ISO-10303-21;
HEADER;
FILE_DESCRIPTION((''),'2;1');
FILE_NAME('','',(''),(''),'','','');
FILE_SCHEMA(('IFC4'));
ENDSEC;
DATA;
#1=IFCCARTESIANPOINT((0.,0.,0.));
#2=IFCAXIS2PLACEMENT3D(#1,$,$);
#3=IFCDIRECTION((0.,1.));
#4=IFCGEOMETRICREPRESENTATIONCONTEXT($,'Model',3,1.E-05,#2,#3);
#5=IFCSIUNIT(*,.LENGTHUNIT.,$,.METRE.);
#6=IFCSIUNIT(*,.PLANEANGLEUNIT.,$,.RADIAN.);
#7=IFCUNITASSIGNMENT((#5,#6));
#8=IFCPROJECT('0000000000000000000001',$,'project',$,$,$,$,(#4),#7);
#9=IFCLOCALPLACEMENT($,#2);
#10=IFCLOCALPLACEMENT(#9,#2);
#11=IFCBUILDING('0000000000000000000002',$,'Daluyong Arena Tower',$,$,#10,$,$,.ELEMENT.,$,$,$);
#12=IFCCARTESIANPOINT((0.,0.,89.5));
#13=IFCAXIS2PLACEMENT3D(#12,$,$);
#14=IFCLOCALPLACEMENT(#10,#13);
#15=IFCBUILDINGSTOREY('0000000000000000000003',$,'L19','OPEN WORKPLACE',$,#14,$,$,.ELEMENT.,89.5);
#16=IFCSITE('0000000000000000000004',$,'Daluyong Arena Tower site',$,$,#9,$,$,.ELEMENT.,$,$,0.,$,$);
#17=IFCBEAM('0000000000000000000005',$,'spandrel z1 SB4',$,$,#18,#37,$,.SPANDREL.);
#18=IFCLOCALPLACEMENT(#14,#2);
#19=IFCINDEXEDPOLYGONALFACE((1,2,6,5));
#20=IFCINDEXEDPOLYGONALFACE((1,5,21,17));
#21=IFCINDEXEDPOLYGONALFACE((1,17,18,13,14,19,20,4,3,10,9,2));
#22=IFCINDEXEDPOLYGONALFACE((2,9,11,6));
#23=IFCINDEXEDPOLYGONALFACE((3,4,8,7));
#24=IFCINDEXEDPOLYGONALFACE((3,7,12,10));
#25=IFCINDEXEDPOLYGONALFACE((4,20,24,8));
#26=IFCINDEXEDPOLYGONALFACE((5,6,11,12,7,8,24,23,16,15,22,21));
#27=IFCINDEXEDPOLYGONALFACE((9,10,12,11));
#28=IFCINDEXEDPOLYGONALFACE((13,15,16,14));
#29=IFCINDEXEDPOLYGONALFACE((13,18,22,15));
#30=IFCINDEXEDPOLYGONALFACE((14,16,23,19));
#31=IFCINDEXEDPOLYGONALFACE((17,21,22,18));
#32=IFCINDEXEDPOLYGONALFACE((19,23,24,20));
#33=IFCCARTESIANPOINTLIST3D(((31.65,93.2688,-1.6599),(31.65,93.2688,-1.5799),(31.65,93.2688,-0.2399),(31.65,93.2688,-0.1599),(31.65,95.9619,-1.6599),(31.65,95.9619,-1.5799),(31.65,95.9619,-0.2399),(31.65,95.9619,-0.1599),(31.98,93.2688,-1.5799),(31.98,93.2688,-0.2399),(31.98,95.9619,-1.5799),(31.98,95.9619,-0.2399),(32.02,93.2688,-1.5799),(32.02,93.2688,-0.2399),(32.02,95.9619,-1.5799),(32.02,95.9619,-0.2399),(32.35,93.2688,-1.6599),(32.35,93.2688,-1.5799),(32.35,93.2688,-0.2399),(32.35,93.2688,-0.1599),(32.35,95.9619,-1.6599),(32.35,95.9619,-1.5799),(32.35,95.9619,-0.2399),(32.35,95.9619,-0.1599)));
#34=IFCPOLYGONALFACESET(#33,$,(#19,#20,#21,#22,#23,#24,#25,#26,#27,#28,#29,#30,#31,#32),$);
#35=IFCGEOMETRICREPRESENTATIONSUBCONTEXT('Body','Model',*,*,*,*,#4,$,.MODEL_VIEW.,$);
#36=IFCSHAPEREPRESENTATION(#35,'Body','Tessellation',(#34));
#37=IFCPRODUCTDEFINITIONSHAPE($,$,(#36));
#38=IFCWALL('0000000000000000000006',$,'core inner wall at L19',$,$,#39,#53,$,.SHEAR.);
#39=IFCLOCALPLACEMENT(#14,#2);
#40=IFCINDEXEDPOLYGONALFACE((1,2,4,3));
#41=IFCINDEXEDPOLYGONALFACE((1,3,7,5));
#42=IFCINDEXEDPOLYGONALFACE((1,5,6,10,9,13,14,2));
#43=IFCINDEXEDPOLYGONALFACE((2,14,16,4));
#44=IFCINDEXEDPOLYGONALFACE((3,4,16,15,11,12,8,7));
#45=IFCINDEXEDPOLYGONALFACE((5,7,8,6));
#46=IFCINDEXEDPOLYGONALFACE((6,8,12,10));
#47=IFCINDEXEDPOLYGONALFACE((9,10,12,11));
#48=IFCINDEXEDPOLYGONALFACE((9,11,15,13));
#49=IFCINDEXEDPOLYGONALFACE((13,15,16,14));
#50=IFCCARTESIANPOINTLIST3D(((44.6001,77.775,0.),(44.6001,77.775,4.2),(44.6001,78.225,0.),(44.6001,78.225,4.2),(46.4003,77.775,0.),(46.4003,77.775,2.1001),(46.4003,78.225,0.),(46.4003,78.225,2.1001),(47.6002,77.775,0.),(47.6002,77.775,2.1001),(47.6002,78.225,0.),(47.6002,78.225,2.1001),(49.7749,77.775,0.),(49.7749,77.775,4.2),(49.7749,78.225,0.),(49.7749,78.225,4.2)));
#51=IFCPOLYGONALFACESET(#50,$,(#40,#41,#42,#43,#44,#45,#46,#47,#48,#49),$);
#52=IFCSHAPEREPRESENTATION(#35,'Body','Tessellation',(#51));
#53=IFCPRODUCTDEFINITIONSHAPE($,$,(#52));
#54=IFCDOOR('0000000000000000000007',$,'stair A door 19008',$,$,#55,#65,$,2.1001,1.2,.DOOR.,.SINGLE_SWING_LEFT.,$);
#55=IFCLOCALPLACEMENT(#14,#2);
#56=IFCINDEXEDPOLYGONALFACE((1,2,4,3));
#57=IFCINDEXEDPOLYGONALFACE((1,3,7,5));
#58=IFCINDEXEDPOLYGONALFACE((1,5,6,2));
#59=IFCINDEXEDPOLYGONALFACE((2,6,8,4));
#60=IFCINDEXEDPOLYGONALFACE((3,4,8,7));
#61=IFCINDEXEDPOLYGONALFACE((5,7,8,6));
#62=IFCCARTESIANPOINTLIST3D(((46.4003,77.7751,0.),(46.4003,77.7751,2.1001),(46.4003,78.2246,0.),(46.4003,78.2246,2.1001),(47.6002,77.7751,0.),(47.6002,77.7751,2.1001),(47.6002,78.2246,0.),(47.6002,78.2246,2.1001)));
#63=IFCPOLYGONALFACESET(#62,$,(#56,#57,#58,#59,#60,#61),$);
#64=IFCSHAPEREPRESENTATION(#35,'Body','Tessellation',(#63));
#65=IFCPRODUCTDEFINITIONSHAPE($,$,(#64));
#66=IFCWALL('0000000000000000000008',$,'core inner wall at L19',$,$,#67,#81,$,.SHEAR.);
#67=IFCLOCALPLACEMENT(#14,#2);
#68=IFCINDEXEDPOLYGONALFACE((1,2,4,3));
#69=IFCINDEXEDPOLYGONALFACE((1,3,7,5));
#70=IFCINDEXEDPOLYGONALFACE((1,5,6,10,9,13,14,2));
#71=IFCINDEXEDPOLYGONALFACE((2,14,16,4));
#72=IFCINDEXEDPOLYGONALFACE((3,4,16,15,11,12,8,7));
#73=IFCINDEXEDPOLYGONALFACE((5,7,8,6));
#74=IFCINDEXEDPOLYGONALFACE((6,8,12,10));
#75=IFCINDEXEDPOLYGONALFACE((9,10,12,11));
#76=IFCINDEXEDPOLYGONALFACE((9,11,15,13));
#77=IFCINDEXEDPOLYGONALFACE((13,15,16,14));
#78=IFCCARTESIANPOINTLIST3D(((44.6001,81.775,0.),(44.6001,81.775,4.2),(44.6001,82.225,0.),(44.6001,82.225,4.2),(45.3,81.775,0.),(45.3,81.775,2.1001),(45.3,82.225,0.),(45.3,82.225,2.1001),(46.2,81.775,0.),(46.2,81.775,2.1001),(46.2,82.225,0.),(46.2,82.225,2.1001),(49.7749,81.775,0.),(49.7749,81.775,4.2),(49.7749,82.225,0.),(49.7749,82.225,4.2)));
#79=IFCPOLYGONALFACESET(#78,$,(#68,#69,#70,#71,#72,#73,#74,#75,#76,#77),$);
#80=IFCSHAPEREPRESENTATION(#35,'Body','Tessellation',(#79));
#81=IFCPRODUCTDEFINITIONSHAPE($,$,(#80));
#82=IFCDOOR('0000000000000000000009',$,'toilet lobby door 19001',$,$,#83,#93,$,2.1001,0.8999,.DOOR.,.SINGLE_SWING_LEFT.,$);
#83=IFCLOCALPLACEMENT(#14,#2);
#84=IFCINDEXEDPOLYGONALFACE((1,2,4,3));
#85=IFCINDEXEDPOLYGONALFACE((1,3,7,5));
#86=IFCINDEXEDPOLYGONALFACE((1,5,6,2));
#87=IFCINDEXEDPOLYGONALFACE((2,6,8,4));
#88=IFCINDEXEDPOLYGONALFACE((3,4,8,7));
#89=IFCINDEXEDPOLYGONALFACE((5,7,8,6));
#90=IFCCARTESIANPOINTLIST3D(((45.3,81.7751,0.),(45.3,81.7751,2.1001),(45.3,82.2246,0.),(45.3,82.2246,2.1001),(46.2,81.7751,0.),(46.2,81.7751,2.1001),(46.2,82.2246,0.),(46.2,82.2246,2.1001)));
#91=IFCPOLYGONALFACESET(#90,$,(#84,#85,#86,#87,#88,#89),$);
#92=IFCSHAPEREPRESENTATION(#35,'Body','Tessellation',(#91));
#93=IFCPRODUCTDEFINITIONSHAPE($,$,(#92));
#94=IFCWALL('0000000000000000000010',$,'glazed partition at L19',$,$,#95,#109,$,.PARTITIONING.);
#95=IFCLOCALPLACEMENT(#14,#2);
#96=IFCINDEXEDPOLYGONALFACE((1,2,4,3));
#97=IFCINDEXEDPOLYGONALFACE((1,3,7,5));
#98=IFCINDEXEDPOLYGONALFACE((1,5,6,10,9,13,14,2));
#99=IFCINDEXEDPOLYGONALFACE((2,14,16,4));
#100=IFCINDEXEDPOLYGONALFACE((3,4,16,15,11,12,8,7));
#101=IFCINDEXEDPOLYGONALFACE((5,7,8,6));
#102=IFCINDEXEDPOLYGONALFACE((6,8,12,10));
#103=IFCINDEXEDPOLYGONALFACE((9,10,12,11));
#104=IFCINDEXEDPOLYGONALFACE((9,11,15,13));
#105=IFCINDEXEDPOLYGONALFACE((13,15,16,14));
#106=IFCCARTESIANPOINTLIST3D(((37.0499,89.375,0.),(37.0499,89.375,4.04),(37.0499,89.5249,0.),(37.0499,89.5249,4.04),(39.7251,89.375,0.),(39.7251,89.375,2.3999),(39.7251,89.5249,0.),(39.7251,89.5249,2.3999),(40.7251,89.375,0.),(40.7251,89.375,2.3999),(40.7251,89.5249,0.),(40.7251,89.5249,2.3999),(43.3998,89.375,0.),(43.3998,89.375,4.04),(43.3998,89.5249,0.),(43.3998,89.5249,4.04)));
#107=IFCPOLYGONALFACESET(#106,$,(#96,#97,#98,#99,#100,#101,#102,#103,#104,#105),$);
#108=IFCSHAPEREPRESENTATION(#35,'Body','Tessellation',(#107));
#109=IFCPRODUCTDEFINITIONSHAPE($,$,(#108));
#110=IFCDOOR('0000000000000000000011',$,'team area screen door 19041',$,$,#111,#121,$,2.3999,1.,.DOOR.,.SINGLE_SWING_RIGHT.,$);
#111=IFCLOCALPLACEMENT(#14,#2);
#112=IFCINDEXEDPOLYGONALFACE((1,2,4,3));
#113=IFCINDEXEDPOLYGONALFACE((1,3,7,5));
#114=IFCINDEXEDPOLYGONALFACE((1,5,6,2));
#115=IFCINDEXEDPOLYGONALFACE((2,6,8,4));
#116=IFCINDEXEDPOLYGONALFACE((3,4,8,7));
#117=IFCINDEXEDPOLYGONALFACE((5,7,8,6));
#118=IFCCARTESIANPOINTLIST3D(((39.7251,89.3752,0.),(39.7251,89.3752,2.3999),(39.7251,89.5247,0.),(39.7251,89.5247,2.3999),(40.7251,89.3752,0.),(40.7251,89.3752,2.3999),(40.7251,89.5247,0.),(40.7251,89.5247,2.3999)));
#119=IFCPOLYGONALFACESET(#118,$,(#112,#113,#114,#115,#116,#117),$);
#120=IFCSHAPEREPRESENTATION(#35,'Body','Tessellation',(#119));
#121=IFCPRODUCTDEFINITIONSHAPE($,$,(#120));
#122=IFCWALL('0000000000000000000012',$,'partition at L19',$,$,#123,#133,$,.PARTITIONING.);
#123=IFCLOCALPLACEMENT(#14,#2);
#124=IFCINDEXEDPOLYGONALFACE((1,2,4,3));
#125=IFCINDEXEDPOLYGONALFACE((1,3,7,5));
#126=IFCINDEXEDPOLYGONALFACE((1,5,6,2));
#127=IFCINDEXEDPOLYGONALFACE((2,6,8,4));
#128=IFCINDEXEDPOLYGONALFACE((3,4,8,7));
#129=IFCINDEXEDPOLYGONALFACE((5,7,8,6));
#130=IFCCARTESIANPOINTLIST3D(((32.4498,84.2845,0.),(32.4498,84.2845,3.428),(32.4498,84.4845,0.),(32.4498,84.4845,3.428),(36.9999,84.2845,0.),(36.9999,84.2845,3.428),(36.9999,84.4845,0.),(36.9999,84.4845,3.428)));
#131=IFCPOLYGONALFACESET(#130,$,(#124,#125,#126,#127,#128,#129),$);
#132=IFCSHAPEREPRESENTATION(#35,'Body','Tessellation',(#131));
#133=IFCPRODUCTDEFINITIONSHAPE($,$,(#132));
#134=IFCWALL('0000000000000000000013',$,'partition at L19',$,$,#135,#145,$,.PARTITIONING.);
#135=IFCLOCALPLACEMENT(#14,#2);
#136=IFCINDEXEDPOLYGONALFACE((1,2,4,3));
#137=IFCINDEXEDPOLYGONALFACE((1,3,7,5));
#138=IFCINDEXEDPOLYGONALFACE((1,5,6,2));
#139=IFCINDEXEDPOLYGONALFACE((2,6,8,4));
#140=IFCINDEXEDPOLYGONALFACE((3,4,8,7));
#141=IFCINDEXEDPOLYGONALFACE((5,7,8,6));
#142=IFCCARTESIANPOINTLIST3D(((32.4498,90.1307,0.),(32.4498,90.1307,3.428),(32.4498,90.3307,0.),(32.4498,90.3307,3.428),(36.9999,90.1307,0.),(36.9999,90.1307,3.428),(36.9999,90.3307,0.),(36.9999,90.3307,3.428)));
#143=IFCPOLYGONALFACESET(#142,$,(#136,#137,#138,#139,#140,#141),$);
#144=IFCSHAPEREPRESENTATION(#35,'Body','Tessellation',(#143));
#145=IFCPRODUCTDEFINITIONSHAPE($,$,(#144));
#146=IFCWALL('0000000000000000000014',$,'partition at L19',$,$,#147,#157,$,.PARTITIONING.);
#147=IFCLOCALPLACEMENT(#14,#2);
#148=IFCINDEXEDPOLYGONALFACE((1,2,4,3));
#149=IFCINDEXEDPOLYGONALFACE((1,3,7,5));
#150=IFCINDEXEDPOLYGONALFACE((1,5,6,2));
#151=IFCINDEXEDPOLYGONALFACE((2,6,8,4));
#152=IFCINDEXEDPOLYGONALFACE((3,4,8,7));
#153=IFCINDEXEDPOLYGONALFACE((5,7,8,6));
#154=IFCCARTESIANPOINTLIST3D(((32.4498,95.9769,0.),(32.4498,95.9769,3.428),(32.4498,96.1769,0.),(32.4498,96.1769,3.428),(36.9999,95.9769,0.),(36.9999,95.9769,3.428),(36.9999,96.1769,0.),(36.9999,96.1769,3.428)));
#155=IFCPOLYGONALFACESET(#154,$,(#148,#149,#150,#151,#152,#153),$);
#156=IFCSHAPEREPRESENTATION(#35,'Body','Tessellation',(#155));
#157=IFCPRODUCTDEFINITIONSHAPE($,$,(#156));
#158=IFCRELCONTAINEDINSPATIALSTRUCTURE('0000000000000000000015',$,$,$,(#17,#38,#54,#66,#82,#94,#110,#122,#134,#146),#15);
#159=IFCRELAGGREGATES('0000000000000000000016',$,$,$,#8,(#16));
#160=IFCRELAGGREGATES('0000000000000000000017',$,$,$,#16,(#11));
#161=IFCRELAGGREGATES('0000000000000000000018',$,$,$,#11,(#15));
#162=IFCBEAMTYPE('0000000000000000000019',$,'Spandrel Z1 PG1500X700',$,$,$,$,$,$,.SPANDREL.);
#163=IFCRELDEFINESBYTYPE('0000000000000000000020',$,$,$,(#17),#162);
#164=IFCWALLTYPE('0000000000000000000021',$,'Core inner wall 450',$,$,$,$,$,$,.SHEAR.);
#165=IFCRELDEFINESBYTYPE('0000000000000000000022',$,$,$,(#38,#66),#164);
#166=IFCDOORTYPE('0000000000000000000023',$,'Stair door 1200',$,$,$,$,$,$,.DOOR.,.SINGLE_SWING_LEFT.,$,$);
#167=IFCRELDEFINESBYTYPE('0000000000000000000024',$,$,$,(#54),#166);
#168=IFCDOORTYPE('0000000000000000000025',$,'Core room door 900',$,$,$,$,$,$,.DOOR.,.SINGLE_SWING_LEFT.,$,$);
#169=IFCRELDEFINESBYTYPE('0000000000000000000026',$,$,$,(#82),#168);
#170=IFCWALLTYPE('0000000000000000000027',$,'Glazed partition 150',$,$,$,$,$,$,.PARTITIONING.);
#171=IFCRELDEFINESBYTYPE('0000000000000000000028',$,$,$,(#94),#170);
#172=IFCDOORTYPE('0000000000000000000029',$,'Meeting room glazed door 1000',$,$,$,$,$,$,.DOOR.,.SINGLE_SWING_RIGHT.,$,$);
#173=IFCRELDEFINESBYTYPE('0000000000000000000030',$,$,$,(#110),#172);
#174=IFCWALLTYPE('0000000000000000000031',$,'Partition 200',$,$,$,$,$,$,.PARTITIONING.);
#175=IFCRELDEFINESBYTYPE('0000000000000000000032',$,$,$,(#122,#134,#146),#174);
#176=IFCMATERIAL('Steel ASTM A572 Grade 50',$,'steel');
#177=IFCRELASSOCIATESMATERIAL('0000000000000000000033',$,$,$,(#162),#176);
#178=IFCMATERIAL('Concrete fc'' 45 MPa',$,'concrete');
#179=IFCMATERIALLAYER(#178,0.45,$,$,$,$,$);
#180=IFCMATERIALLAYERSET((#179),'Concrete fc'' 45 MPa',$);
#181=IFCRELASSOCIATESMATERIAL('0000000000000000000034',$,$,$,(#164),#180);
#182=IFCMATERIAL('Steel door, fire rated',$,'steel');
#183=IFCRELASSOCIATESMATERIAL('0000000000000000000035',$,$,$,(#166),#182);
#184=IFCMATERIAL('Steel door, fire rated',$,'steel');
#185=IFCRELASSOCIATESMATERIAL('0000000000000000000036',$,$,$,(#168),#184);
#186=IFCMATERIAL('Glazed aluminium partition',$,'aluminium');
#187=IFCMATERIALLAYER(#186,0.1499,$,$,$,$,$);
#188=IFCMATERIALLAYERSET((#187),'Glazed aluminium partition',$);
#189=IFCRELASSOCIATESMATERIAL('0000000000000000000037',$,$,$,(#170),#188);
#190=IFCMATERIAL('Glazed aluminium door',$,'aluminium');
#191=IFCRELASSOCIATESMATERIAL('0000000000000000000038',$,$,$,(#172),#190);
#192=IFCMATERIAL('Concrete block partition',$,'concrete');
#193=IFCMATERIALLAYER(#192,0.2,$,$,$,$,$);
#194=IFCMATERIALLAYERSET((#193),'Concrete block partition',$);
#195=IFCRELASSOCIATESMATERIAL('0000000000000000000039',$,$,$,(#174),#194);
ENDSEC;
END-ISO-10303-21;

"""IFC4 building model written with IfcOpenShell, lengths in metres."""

from ifc_helpers import new_model, si_unit, direction, frame, frame_2d, origin, origin_2d, place, context, subcontext, project, spatial, rectangle, i_section, extrude, material, layer, layer_set, material_profile, profile_set, type_object, element, fill, save


model = new_model("IFC4")

# Units and contexts
model_context = context("Model", 3, precision=1e-05, world=origin(), true_north=direction((0.0, 1.0)))
body_context = subcontext(model_context, "Body", "Model", "MODEL_VIEW")
ifc_project = project(units=[si_unit("LENGTHUNIT", "METRE"), si_unit("PLANEANGLEUNIT", "RADIAN")], contexts=[model_context])

# Site, building, storey
site_placement = place(None, origin())
site = spatial("IfcSite", under=ifc_project, at=site_placement, Name="Daluyong Arena Tower site", CompositionType="ELEMENT", RefElevation=0.0)
building_placement = place(site_placement, origin())
building = spatial("IfcBuilding", under=site, at=building_placement, Name="Daluyong Arena Tower", CompositionType="ELEMENT")
storey_placement = place(building_placement, frame((0.0, 0.0, 89.5)))
storey = spatial("IfcBuildingStorey", under=building, at=storey_placement, Name="L19", Description="OPEN WORKPLACE", CompositionType="ELEMENT", Elevation=89.5)

# Beam
ifc_material_1 = material(Name="Steel ASTM A572 Grade 50", Category="steel")
ifc_material_profile_1 = material_profile(ifc_material_1, i_section(OverallWidth=0.7, OverallDepth=1.5, WebThickness=0.04, FlangeThickness=0.08, at=origin_2d()))
ifc_profile_set_1 = profile_set([ifc_material_profile_1], Name="Steel ASTM A572 Grade 50")
beam_type_1 = type_object("IfcBeamType", Name="Spandrel Z1 PG1500X700", PredefinedType="SPANDREL", material=ifc_profile_set_1)
beam_1_placement = place(storey_placement, frame((32.0, 95.9619, -0.9099), z_axis=(0.0, -1.0, 0.0), x_axis=(1.0, 0.0, 0.0)))
element("IfcBeam", 1, at=beam_1_placement, inside=storey, type_object=beam_type_1, Name="spandrel z1 SB4", PredefinedType="SPANDREL", context=body_context, shape_type="SweptSolid", body=[
    extrude(i_section(OverallWidth=0.7, OverallDepth=1.5, WebThickness=0.04, FlangeThickness=0.08, at=origin_2d()), origin(), (0.0, 0.0, 1.0), 2.6931),
])

# Walls, openings, doors
ifc_material_2 = material(Name="Concrete fc' 45 MPa", Category="concrete")
ifc_layer_1 = layer(ifc_material_2, 0.45)
ifc_layer_set_1 = layer_set([ifc_layer_1], Name="Concrete fc' 45 MPa")
wall_type_1 = type_object("IfcWallType", Name="Core inner wall 450", PredefinedType="SHEAR", material=ifc_layer_set_1)
wall_1_placement = place(storey_placement, frame((44.6001, 78.0, 0.0), z_axis=(0.0, 0.0, 1.0), x_axis=(1.0, 0.0, 0.0)))
wall_1 = element("IfcWall", 2, at=wall_1_placement, inside=storey, type_object=wall_type_1, Name="core inner wall at L19", PredefinedType="SHEAR", context=body_context, shape_type="SweptSolid", body=[
    extrude(rectangle(XDim=5.1748, YDim=0.45, at=frame_2d((2.5874, 0.0))), origin(), (0.0, 0.0, 1.0), 4.2),
])
opening_1_placement = place(wall_1_placement, frame((1.8, 0.0, 0.0)))
opening_1 = element("IfcOpeningElement", 3, at=opening_1_placement, cuts=wall_1, PredefinedType="OPENING", context=body_context, shape_type="SweptSolid", body=[
    extrude(rectangle(XDim=1.2, YDim=2.1001, at=frame_2d((0.6001, 1.05))), frame((0.0, 0.2349, 0.0), z_axis=(0.0, -1.0, 0.0), x_axis=(1.0, 0.0, 0.0)), (0.0, 0.0, 1.0), 0.47),
])
ifc_material_3 = material(Name="Steel door, fire rated", Category="steel")
door_type_1 = type_object("IfcDoorType", Name="Stair door 1200", OperationType="SINGLE_SWING_LEFT", PredefinedType="DOOR", material=ifc_material_3)
door_1_placement = place(opening_1_placement, origin())
door_1 = element("IfcDoor", 4, at=door_1_placement, inside=storey, type_object=door_type_1, Name="stair A door 19008", OperationType="SINGLE_SWING_LEFT", OverallHeight=2.1001, OverallWidth=1.2, PredefinedType="DOOR", context=body_context, shape_type="SweptSolid", body=[
    extrude(rectangle(XDim=1.2, YDim=2.1001, at=frame_2d((0.6001, 1.05))), frame((0.0, 0.2246, 0.0), z_axis=(0.0, -1.0, 0.0), x_axis=(1.0, 0.0, 0.0)), (0.0, 0.0, 1.0), 0.4495),
])
fill(opening_1, door_1)
wall_2_placement = place(storey_placement, frame((44.6001, 82.0, 0.0), z_axis=(0.0, 0.0, 1.0), x_axis=(1.0, 0.0, 0.0)))
wall_2 = element("IfcWall", 5, at=wall_2_placement, inside=storey, type_object=wall_type_1, Name="core inner wall at L19", PredefinedType="SHEAR", context=body_context, shape_type="SweptSolid", body=[
    extrude(rectangle(XDim=5.1748, YDim=0.45, at=frame_2d((2.5874, 0.0))), origin(), (0.0, 0.0, 1.0), 4.2),
])
opening_2_placement = place(wall_2_placement, frame((0.7, 0.0, 0.0)))
opening_2 = element("IfcOpeningElement", 6, at=opening_2_placement, cuts=wall_2, PredefinedType="OPENING", context=body_context, shape_type="SweptSolid", body=[
    extrude(rectangle(XDim=0.8999, YDim=2.1001, at=frame_2d((0.45, 1.05))), frame((0.0, 0.2349, 0.0), z_axis=(0.0, -1.0, 0.0), x_axis=(1.0, 0.0, 0.0)), (0.0, 0.0, 1.0), 0.47),
])
ifc_material_4 = material(Name="Steel door, fire rated", Category="steel")
door_type_2 = type_object("IfcDoorType", Name="Core room door 900", OperationType="SINGLE_SWING_LEFT", PredefinedType="DOOR", material=ifc_material_4)
door_2_placement = place(opening_2_placement, origin())
door_2 = element("IfcDoor", 7, at=door_2_placement, inside=storey, type_object=door_type_2, Name="toilet lobby door 19001", OperationType="SINGLE_SWING_LEFT", OverallHeight=2.1001, OverallWidth=0.8999, PredefinedType="DOOR", context=body_context, shape_type="SweptSolid", body=[
    extrude(rectangle(XDim=0.8999, YDim=2.1001, at=frame_2d((0.45, 1.05))), frame((0.0, 0.2246, 0.0), z_axis=(0.0, -1.0, 0.0), x_axis=(1.0, 0.0, 0.0)), (0.0, 0.0, 1.0), 0.4495),
])
fill(opening_2, door_2)
ifc_material_5 = material(Name="Glazed aluminium partition", Category="aluminium")
ifc_layer_2 = layer(ifc_material_5, 0.1499)
ifc_layer_set_2 = layer_set([ifc_layer_2], Name="Glazed aluminium partition")
wall_type_2 = type_object("IfcWallType", Name="Glazed partition 150", PredefinedType="PARTITIONING", material=ifc_layer_set_2)
wall_3_placement = place(storey_placement, frame((37.05, 89.45, 0.0), z_axis=(0.0, 0.0, 1.0), x_axis=(1.0, 0.0, 0.0)))
wall_3 = element("IfcWall", 8, at=wall_3_placement, inside=storey, type_object=wall_type_2, Name="glazed partition at L19", PredefinedType="PARTITIONING", context=body_context, shape_type="SweptSolid", body=[
    extrude(rectangle(XDim=6.3499, YDim=0.1499, at=frame_2d((3.1748, 0.0))), origin(), (0.0, 0.0, 1.0), 4.04),
])
opening_3_placement = place(wall_3_placement, frame((2.675, 0.0, 0.0)))
opening_3 = element("IfcOpeningElement", 9, at=opening_3_placement, cuts=wall_3, PredefinedType="OPENING", context=body_context, shape_type="SweptSolid", body=[
    extrude(rectangle(XDim=1.0, YDim=2.3999, at=frame_2d((0.5, 1.2))), frame((0.0, 0.085, 0.0), z_axis=(0.0, -1.0, 0.0), x_axis=(1.0, 0.0, 0.0)), (0.0, 0.0, 1.0), 0.1699),
])
ifc_material_6 = material(Name="Glazed aluminium door", Category="aluminium")
door_type_3 = type_object("IfcDoorType", Name="Meeting room glazed door 1000", OperationType="SINGLE_SWING_RIGHT", PredefinedType="DOOR", material=ifc_material_6)
door_3_placement = place(opening_3_placement, origin())
door_3 = element("IfcDoor", 10, at=door_3_placement, inside=storey, type_object=door_type_3, Name="team area screen door 19041", OperationType="SINGLE_SWING_RIGHT", OverallHeight=2.3999, OverallWidth=1.0, PredefinedType="DOOR", context=body_context, shape_type="SweptSolid", body=[
    extrude(rectangle(XDim=1.0, YDim=2.3999, at=frame_2d((0.5, 1.2))), frame((0.0, 0.0747, 0.0), z_axis=(0.0, -1.0, 0.0), x_axis=(1.0, 0.0, 0.0)), (0.0, 0.0, 1.0), 0.1494),
])
fill(opening_3, door_3)

# Walls
ifc_material_7 = material(Name="Concrete block partition", Category="concrete")
ifc_layer_3 = layer(ifc_material_7, 0.2)
ifc_layer_set_3 = layer_set([ifc_layer_3], Name="Concrete block partition")
wall_type_3 = type_object("IfcWallType", Name="Partition 200", PredefinedType="PARTITIONING", material=ifc_layer_set_3)
for number, where, z_axis, x_axis, name in (
    (11, (32.45, 84.3845, 0.0), (0.0, 0.0, 1.0), (1.0, 0.0, 0.0), "partition at L19"),
    (12, (32.45, 90.2307, 0.0), (0.0, 0.0, 1.0), (1.0, 0.0, 0.0), "partition at L19"),
    (13, (32.45, 96.0769, 0.0), (0.0, 0.0, 1.0), (1.0, 0.0, 0.0), "partition at L19"),
):
    element("IfcWall", number, at=place(storey_placement, frame(where, z_axis=z_axis, x_axis=x_axis)), inside=storey, type_object=wall_type_3, Name=name, PredefinedType="PARTITIONING", context=body_context, shape_type="SweptSolid", body=[
        extrude(rectangle(XDim=4.55, YDim=0.2, at=frame_2d((2.2749, 0.0))), origin(), (0.0, 0.0, 1.0), 3.428),
    ])

save(model, "model.ifc")
